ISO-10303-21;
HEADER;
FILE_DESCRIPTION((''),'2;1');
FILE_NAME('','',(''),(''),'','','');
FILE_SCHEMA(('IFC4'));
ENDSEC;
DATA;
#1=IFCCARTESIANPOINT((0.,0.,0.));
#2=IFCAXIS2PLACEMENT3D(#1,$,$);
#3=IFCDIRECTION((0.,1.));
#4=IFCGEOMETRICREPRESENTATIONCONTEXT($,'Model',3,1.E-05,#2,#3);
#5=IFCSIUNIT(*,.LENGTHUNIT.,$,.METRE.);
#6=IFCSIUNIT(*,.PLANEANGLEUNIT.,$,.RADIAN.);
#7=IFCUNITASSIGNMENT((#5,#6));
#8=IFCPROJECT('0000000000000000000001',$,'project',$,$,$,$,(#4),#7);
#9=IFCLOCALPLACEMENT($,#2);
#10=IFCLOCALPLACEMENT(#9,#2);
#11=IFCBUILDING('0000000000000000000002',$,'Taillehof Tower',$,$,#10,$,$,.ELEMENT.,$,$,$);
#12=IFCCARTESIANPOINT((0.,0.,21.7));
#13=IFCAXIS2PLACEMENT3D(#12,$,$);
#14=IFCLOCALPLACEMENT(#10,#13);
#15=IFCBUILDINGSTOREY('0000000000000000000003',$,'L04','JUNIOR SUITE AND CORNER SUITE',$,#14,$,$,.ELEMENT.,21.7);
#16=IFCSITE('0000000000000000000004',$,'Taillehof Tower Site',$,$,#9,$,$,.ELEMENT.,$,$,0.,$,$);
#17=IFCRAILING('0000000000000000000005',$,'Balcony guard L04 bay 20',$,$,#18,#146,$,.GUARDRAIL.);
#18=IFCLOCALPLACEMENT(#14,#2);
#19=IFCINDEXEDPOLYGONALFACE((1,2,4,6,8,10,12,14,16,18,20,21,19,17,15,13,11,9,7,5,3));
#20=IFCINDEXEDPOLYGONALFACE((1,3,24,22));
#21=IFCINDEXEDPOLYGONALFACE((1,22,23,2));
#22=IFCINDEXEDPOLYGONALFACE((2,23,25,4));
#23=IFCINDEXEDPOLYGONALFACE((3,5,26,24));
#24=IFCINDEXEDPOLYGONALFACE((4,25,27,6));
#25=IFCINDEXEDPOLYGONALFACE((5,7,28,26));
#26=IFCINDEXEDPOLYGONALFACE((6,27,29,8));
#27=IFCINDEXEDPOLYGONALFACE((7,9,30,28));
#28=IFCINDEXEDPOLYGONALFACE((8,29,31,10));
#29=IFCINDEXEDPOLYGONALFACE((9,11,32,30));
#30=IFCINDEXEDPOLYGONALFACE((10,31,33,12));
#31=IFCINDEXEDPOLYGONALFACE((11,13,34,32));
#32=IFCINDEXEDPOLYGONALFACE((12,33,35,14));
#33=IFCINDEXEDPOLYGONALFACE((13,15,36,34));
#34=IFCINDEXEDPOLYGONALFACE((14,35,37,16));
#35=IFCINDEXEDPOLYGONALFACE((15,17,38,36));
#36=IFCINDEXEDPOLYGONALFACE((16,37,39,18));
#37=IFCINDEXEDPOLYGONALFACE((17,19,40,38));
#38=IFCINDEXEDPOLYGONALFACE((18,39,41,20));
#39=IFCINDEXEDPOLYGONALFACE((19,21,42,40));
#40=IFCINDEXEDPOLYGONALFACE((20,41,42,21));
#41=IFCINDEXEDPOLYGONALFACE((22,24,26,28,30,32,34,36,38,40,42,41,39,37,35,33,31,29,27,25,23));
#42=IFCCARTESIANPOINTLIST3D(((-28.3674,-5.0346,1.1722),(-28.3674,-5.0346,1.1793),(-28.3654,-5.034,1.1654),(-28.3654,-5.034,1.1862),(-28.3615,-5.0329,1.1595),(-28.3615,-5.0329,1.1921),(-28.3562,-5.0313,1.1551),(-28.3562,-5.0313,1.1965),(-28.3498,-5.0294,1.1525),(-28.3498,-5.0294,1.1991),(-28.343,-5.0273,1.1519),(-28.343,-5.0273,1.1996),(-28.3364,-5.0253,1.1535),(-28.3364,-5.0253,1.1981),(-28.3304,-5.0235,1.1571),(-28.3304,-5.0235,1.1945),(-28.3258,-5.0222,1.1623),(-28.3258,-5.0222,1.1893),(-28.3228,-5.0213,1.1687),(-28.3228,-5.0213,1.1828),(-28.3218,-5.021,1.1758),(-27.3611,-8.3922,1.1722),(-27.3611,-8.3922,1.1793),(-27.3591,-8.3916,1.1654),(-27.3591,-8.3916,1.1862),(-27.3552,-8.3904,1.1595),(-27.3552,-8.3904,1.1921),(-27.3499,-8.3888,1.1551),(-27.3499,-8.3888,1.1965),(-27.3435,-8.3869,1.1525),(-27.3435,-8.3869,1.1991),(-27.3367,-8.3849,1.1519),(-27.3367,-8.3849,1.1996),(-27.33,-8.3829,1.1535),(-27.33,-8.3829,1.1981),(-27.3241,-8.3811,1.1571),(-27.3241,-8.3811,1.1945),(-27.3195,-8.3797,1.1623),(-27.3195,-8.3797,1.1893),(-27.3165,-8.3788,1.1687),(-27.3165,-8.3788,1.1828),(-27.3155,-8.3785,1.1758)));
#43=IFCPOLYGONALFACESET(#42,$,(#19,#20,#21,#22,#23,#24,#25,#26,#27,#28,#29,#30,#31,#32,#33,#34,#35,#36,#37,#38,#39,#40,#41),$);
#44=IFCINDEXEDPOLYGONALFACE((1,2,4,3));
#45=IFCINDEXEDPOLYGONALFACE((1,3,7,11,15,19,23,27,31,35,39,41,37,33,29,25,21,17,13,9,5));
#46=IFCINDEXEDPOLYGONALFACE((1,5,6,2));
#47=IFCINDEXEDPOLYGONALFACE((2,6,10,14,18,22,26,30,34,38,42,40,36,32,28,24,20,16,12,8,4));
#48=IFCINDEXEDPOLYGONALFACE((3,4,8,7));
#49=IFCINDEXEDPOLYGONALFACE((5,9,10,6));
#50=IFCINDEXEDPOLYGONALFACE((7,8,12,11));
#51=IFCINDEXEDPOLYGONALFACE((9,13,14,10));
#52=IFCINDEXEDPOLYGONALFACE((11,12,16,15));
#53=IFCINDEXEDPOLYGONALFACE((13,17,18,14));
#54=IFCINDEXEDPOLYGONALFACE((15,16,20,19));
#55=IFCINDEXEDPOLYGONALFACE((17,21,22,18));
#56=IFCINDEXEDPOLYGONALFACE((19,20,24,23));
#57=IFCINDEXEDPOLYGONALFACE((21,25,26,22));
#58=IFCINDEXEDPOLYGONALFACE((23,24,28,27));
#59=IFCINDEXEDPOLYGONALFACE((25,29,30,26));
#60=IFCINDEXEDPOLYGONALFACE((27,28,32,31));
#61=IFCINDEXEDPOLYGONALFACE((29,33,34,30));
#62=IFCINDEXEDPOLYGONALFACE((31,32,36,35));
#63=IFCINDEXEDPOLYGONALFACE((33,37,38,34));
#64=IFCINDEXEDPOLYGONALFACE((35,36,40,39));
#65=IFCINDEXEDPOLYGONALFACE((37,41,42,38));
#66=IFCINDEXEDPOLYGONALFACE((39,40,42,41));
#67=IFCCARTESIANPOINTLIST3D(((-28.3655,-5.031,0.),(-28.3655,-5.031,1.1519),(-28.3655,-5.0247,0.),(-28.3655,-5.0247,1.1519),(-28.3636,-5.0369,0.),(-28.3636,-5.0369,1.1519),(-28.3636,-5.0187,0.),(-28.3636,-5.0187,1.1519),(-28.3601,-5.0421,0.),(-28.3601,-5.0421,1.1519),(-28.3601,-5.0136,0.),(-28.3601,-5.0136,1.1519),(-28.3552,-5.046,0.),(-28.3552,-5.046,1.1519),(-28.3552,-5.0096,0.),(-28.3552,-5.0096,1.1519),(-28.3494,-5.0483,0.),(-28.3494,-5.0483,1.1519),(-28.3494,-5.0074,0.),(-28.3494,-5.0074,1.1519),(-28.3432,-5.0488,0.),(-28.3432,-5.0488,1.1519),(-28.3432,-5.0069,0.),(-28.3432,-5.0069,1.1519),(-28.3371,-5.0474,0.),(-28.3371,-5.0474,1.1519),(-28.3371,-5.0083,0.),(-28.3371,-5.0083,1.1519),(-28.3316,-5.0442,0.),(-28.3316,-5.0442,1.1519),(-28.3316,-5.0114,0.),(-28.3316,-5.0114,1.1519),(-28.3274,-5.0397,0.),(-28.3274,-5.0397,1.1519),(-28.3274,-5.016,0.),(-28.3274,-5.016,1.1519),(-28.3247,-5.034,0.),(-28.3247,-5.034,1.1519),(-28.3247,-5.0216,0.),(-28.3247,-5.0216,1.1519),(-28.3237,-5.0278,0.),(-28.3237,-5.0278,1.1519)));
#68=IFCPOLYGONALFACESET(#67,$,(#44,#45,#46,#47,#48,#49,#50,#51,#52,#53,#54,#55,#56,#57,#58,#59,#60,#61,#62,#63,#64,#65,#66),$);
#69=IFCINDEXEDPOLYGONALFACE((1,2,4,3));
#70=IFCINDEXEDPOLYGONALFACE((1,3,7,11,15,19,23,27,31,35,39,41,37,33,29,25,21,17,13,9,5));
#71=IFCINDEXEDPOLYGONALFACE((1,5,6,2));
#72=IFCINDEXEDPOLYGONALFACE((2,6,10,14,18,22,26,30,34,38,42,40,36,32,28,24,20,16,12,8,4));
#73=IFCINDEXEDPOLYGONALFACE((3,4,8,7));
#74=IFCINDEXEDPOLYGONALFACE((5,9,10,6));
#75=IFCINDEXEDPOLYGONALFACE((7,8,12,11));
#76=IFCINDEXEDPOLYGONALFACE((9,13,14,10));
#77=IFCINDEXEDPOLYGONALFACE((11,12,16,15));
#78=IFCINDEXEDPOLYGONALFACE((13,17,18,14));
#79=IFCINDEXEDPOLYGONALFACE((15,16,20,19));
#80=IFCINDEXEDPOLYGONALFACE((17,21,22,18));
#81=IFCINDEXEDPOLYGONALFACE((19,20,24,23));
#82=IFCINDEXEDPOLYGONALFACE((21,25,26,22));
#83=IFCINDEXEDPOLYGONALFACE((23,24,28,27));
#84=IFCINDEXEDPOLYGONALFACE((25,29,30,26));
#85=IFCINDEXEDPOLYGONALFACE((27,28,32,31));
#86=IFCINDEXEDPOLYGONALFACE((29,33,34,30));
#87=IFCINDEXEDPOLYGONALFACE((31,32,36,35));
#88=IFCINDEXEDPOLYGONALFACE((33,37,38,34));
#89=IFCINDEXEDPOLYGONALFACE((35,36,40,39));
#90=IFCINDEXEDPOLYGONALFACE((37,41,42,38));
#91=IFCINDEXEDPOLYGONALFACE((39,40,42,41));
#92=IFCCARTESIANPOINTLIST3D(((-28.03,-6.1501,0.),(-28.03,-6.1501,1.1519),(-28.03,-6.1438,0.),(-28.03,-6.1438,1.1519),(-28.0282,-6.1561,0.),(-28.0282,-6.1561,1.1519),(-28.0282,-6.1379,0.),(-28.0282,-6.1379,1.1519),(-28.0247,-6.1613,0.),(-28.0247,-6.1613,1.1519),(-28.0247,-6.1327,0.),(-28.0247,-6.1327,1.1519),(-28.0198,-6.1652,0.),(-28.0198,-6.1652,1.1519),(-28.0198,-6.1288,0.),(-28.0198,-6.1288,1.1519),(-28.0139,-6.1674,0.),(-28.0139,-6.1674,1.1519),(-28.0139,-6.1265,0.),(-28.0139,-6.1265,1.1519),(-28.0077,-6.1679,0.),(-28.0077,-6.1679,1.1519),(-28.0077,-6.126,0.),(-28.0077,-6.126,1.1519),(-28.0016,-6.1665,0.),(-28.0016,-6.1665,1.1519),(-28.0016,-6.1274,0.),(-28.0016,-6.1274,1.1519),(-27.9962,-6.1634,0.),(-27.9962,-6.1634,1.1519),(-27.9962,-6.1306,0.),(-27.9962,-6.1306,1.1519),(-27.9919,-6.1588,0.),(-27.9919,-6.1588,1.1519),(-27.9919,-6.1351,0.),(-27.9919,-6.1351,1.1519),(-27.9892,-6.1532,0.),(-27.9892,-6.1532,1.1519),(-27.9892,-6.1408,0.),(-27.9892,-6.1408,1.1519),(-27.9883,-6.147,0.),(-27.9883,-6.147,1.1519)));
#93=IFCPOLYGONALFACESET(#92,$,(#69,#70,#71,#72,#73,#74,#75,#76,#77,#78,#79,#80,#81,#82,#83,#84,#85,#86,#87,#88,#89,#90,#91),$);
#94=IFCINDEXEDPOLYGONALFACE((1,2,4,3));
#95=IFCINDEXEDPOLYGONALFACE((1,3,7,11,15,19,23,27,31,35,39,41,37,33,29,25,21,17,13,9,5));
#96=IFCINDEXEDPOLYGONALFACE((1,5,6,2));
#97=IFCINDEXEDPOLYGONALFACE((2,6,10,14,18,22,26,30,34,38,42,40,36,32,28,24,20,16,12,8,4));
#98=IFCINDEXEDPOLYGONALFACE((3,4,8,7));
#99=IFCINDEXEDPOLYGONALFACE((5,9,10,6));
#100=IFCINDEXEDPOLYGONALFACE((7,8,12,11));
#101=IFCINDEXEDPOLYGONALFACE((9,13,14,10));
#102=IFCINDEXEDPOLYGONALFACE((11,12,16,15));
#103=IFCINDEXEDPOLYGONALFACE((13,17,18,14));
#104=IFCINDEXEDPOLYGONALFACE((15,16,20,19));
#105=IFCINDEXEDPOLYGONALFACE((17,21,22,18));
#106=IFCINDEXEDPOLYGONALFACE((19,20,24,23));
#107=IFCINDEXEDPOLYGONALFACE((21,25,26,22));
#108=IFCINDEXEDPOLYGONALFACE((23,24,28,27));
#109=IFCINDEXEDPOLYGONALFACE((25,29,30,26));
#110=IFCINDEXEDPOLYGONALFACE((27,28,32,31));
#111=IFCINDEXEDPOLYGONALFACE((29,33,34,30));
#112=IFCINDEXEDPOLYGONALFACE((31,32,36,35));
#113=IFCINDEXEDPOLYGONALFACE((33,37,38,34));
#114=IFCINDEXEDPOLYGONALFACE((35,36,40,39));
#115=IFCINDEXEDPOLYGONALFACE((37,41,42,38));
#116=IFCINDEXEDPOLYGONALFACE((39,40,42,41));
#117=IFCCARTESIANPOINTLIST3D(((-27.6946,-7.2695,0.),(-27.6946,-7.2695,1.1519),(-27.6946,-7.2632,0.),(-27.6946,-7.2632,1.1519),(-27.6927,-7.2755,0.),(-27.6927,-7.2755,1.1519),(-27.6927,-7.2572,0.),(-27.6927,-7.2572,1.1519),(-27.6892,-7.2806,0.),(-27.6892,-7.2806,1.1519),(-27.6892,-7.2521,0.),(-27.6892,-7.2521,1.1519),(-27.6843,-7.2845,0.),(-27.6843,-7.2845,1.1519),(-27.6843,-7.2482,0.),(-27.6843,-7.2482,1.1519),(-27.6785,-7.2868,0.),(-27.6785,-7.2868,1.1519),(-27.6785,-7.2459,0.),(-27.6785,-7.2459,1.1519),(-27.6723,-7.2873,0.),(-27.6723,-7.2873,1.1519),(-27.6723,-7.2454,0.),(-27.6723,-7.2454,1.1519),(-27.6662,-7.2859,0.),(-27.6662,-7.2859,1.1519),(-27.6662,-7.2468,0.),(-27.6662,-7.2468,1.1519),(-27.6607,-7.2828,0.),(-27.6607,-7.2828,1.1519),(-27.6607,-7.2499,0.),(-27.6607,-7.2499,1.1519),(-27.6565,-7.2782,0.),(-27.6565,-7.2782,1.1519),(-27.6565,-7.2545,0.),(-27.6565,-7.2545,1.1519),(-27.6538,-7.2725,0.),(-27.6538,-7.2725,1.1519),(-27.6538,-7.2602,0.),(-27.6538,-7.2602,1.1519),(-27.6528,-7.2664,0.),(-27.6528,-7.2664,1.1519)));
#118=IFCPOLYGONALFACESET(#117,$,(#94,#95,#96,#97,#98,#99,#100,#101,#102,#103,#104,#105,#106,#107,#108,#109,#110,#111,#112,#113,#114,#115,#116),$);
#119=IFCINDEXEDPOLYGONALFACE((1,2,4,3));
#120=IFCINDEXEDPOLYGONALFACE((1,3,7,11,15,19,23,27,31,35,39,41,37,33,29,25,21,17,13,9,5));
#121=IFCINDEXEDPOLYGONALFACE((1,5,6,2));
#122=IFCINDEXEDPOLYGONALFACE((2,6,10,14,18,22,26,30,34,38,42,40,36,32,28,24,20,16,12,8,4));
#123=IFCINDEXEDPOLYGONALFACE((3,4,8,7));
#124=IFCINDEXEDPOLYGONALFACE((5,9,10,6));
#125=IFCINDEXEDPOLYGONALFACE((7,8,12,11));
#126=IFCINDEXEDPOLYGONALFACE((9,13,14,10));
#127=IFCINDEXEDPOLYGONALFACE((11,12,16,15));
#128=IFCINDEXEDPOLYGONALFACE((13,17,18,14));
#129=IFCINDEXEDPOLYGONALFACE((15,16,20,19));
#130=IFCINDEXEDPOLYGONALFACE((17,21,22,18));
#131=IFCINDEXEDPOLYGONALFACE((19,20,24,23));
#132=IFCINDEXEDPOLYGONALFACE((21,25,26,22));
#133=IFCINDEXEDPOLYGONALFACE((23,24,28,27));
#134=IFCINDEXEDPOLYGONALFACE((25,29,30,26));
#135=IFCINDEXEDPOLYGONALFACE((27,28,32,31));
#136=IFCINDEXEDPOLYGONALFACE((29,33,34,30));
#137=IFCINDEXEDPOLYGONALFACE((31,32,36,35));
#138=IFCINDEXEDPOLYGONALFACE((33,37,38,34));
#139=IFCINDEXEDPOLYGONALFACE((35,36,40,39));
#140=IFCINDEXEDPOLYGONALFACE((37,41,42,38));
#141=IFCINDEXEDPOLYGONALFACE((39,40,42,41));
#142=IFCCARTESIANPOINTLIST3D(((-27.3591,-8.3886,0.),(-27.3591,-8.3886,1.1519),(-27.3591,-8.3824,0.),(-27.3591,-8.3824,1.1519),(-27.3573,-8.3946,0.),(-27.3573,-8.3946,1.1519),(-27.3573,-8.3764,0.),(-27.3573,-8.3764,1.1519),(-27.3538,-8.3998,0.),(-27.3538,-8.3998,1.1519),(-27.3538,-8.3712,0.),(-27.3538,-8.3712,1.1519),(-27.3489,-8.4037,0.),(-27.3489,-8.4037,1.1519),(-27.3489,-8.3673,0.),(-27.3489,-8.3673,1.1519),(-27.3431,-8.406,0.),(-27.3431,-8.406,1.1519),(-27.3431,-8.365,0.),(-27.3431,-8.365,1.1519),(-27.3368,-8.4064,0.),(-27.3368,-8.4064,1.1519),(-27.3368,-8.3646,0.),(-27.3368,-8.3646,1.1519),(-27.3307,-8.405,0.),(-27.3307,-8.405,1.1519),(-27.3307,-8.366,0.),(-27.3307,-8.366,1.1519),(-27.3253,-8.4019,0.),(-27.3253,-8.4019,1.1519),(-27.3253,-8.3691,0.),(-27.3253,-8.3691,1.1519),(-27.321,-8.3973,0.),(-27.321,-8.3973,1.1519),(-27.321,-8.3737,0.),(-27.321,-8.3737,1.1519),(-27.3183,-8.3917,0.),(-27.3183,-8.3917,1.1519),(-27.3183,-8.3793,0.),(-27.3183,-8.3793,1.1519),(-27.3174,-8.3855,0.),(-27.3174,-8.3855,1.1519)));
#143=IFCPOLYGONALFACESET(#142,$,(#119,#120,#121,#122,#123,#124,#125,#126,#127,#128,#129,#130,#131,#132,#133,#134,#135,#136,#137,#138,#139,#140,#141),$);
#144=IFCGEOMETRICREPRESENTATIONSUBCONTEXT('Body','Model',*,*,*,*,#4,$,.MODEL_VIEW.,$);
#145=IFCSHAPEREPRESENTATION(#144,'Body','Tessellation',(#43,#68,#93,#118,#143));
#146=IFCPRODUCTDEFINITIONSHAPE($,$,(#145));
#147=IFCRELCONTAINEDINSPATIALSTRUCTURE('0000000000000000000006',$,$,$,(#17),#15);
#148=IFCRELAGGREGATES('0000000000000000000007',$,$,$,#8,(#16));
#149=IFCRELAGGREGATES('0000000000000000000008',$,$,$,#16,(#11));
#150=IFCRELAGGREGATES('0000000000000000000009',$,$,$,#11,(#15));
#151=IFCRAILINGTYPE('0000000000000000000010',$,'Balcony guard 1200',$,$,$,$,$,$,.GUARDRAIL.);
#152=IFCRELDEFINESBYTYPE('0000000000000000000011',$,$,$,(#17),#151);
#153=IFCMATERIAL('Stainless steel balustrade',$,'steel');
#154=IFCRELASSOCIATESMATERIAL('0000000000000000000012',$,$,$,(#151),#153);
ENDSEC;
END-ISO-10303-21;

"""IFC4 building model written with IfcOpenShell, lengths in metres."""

from ifc_helpers import new_model, si_unit, direction, frame, origin, origin_2d, place, context, subcontext, project, spatial, circle, extrude, material, type_object, element, save


model = new_model("IFC4")

# Units and contexts
model_context = context("Model", 3, precision=1e-05, world=origin(), true_north=direction((0.0, 1.0)))
body_context = subcontext(model_context, "Body", "Model", "MODEL_VIEW")
ifc_project = project(units=[si_unit("LENGTHUNIT", "METRE"), si_unit("PLANEANGLEUNIT", "RADIAN")], contexts=[model_context])

# Site, building, storey
site_placement = place(None, origin())
site = spatial("IfcSite", under=ifc_project, at=site_placement, Name="Taillehof Tower Site", CompositionType="ELEMENT", RefElevation=0.0)
building_placement = place(site_placement, origin())
building = spatial("IfcBuilding", under=site, at=building_placement, Name="Taillehof Tower", CompositionType="ELEMENT")
storey_placement = place(building_placement, frame((0.0, 0.0, 21.7)))
storey = spatial("IfcBuildingStorey", under=building, at=storey_placement, Name="L04", Description="JUNIOR SUITE AND CORNER SUITE", CompositionType="ELEMENT", Elevation=21.7)

# Railing
ifc_material_1 = material(Name="Stainless steel balustrade", Category="steel")
railing_type = type_object("IfcRailingType", Name="Balcony guard 1200", PredefinedType="GUARDRAIL", material=ifc_material_1)
railing_1_placement = place(storey_placement, frame((-28.3447, -5.0278, 0.0)))
element("IfcRailing", 1, at=railing_1_placement, inside=storey, type_object=railing_type, Name="Balcony guard L04 bay 20", PredefinedType="GUARDRAIL", context=body_context, shape_type="SweptSolid", body=[
    extrude(circle(Radius=0.0239, at=origin_2d()), frame((0.0, 0.0, 1.1758), z_axis=(0.287099, -0.957901, 0.0), x_axis=(0.957901, 0.287099, 0.0)), (0.0, 0.0, 1.0), 3.5051),
    extrude(circle(Radius=0.021, at=origin_2d()), origin(), (0.0, 0.0, 1.0), 1.1519),
    extrude(circle(Radius=0.021, at=origin_2d()), frame((0.3354, -1.1191, 0.0)), (0.0, 0.0, 1.0), 1.1519),
    extrude(circle(Radius=0.021, at=origin_2d()), frame((0.6709, -2.2385, 0.0)), (0.0, 0.0, 1.0), 1.1519),
    extrude(circle(Radius=0.021, at=origin_2d()), frame((1.0063, -3.3577, 0.0)), (0.0, 0.0, 1.0), 1.1519),
])

save(model, "model.ifc")
